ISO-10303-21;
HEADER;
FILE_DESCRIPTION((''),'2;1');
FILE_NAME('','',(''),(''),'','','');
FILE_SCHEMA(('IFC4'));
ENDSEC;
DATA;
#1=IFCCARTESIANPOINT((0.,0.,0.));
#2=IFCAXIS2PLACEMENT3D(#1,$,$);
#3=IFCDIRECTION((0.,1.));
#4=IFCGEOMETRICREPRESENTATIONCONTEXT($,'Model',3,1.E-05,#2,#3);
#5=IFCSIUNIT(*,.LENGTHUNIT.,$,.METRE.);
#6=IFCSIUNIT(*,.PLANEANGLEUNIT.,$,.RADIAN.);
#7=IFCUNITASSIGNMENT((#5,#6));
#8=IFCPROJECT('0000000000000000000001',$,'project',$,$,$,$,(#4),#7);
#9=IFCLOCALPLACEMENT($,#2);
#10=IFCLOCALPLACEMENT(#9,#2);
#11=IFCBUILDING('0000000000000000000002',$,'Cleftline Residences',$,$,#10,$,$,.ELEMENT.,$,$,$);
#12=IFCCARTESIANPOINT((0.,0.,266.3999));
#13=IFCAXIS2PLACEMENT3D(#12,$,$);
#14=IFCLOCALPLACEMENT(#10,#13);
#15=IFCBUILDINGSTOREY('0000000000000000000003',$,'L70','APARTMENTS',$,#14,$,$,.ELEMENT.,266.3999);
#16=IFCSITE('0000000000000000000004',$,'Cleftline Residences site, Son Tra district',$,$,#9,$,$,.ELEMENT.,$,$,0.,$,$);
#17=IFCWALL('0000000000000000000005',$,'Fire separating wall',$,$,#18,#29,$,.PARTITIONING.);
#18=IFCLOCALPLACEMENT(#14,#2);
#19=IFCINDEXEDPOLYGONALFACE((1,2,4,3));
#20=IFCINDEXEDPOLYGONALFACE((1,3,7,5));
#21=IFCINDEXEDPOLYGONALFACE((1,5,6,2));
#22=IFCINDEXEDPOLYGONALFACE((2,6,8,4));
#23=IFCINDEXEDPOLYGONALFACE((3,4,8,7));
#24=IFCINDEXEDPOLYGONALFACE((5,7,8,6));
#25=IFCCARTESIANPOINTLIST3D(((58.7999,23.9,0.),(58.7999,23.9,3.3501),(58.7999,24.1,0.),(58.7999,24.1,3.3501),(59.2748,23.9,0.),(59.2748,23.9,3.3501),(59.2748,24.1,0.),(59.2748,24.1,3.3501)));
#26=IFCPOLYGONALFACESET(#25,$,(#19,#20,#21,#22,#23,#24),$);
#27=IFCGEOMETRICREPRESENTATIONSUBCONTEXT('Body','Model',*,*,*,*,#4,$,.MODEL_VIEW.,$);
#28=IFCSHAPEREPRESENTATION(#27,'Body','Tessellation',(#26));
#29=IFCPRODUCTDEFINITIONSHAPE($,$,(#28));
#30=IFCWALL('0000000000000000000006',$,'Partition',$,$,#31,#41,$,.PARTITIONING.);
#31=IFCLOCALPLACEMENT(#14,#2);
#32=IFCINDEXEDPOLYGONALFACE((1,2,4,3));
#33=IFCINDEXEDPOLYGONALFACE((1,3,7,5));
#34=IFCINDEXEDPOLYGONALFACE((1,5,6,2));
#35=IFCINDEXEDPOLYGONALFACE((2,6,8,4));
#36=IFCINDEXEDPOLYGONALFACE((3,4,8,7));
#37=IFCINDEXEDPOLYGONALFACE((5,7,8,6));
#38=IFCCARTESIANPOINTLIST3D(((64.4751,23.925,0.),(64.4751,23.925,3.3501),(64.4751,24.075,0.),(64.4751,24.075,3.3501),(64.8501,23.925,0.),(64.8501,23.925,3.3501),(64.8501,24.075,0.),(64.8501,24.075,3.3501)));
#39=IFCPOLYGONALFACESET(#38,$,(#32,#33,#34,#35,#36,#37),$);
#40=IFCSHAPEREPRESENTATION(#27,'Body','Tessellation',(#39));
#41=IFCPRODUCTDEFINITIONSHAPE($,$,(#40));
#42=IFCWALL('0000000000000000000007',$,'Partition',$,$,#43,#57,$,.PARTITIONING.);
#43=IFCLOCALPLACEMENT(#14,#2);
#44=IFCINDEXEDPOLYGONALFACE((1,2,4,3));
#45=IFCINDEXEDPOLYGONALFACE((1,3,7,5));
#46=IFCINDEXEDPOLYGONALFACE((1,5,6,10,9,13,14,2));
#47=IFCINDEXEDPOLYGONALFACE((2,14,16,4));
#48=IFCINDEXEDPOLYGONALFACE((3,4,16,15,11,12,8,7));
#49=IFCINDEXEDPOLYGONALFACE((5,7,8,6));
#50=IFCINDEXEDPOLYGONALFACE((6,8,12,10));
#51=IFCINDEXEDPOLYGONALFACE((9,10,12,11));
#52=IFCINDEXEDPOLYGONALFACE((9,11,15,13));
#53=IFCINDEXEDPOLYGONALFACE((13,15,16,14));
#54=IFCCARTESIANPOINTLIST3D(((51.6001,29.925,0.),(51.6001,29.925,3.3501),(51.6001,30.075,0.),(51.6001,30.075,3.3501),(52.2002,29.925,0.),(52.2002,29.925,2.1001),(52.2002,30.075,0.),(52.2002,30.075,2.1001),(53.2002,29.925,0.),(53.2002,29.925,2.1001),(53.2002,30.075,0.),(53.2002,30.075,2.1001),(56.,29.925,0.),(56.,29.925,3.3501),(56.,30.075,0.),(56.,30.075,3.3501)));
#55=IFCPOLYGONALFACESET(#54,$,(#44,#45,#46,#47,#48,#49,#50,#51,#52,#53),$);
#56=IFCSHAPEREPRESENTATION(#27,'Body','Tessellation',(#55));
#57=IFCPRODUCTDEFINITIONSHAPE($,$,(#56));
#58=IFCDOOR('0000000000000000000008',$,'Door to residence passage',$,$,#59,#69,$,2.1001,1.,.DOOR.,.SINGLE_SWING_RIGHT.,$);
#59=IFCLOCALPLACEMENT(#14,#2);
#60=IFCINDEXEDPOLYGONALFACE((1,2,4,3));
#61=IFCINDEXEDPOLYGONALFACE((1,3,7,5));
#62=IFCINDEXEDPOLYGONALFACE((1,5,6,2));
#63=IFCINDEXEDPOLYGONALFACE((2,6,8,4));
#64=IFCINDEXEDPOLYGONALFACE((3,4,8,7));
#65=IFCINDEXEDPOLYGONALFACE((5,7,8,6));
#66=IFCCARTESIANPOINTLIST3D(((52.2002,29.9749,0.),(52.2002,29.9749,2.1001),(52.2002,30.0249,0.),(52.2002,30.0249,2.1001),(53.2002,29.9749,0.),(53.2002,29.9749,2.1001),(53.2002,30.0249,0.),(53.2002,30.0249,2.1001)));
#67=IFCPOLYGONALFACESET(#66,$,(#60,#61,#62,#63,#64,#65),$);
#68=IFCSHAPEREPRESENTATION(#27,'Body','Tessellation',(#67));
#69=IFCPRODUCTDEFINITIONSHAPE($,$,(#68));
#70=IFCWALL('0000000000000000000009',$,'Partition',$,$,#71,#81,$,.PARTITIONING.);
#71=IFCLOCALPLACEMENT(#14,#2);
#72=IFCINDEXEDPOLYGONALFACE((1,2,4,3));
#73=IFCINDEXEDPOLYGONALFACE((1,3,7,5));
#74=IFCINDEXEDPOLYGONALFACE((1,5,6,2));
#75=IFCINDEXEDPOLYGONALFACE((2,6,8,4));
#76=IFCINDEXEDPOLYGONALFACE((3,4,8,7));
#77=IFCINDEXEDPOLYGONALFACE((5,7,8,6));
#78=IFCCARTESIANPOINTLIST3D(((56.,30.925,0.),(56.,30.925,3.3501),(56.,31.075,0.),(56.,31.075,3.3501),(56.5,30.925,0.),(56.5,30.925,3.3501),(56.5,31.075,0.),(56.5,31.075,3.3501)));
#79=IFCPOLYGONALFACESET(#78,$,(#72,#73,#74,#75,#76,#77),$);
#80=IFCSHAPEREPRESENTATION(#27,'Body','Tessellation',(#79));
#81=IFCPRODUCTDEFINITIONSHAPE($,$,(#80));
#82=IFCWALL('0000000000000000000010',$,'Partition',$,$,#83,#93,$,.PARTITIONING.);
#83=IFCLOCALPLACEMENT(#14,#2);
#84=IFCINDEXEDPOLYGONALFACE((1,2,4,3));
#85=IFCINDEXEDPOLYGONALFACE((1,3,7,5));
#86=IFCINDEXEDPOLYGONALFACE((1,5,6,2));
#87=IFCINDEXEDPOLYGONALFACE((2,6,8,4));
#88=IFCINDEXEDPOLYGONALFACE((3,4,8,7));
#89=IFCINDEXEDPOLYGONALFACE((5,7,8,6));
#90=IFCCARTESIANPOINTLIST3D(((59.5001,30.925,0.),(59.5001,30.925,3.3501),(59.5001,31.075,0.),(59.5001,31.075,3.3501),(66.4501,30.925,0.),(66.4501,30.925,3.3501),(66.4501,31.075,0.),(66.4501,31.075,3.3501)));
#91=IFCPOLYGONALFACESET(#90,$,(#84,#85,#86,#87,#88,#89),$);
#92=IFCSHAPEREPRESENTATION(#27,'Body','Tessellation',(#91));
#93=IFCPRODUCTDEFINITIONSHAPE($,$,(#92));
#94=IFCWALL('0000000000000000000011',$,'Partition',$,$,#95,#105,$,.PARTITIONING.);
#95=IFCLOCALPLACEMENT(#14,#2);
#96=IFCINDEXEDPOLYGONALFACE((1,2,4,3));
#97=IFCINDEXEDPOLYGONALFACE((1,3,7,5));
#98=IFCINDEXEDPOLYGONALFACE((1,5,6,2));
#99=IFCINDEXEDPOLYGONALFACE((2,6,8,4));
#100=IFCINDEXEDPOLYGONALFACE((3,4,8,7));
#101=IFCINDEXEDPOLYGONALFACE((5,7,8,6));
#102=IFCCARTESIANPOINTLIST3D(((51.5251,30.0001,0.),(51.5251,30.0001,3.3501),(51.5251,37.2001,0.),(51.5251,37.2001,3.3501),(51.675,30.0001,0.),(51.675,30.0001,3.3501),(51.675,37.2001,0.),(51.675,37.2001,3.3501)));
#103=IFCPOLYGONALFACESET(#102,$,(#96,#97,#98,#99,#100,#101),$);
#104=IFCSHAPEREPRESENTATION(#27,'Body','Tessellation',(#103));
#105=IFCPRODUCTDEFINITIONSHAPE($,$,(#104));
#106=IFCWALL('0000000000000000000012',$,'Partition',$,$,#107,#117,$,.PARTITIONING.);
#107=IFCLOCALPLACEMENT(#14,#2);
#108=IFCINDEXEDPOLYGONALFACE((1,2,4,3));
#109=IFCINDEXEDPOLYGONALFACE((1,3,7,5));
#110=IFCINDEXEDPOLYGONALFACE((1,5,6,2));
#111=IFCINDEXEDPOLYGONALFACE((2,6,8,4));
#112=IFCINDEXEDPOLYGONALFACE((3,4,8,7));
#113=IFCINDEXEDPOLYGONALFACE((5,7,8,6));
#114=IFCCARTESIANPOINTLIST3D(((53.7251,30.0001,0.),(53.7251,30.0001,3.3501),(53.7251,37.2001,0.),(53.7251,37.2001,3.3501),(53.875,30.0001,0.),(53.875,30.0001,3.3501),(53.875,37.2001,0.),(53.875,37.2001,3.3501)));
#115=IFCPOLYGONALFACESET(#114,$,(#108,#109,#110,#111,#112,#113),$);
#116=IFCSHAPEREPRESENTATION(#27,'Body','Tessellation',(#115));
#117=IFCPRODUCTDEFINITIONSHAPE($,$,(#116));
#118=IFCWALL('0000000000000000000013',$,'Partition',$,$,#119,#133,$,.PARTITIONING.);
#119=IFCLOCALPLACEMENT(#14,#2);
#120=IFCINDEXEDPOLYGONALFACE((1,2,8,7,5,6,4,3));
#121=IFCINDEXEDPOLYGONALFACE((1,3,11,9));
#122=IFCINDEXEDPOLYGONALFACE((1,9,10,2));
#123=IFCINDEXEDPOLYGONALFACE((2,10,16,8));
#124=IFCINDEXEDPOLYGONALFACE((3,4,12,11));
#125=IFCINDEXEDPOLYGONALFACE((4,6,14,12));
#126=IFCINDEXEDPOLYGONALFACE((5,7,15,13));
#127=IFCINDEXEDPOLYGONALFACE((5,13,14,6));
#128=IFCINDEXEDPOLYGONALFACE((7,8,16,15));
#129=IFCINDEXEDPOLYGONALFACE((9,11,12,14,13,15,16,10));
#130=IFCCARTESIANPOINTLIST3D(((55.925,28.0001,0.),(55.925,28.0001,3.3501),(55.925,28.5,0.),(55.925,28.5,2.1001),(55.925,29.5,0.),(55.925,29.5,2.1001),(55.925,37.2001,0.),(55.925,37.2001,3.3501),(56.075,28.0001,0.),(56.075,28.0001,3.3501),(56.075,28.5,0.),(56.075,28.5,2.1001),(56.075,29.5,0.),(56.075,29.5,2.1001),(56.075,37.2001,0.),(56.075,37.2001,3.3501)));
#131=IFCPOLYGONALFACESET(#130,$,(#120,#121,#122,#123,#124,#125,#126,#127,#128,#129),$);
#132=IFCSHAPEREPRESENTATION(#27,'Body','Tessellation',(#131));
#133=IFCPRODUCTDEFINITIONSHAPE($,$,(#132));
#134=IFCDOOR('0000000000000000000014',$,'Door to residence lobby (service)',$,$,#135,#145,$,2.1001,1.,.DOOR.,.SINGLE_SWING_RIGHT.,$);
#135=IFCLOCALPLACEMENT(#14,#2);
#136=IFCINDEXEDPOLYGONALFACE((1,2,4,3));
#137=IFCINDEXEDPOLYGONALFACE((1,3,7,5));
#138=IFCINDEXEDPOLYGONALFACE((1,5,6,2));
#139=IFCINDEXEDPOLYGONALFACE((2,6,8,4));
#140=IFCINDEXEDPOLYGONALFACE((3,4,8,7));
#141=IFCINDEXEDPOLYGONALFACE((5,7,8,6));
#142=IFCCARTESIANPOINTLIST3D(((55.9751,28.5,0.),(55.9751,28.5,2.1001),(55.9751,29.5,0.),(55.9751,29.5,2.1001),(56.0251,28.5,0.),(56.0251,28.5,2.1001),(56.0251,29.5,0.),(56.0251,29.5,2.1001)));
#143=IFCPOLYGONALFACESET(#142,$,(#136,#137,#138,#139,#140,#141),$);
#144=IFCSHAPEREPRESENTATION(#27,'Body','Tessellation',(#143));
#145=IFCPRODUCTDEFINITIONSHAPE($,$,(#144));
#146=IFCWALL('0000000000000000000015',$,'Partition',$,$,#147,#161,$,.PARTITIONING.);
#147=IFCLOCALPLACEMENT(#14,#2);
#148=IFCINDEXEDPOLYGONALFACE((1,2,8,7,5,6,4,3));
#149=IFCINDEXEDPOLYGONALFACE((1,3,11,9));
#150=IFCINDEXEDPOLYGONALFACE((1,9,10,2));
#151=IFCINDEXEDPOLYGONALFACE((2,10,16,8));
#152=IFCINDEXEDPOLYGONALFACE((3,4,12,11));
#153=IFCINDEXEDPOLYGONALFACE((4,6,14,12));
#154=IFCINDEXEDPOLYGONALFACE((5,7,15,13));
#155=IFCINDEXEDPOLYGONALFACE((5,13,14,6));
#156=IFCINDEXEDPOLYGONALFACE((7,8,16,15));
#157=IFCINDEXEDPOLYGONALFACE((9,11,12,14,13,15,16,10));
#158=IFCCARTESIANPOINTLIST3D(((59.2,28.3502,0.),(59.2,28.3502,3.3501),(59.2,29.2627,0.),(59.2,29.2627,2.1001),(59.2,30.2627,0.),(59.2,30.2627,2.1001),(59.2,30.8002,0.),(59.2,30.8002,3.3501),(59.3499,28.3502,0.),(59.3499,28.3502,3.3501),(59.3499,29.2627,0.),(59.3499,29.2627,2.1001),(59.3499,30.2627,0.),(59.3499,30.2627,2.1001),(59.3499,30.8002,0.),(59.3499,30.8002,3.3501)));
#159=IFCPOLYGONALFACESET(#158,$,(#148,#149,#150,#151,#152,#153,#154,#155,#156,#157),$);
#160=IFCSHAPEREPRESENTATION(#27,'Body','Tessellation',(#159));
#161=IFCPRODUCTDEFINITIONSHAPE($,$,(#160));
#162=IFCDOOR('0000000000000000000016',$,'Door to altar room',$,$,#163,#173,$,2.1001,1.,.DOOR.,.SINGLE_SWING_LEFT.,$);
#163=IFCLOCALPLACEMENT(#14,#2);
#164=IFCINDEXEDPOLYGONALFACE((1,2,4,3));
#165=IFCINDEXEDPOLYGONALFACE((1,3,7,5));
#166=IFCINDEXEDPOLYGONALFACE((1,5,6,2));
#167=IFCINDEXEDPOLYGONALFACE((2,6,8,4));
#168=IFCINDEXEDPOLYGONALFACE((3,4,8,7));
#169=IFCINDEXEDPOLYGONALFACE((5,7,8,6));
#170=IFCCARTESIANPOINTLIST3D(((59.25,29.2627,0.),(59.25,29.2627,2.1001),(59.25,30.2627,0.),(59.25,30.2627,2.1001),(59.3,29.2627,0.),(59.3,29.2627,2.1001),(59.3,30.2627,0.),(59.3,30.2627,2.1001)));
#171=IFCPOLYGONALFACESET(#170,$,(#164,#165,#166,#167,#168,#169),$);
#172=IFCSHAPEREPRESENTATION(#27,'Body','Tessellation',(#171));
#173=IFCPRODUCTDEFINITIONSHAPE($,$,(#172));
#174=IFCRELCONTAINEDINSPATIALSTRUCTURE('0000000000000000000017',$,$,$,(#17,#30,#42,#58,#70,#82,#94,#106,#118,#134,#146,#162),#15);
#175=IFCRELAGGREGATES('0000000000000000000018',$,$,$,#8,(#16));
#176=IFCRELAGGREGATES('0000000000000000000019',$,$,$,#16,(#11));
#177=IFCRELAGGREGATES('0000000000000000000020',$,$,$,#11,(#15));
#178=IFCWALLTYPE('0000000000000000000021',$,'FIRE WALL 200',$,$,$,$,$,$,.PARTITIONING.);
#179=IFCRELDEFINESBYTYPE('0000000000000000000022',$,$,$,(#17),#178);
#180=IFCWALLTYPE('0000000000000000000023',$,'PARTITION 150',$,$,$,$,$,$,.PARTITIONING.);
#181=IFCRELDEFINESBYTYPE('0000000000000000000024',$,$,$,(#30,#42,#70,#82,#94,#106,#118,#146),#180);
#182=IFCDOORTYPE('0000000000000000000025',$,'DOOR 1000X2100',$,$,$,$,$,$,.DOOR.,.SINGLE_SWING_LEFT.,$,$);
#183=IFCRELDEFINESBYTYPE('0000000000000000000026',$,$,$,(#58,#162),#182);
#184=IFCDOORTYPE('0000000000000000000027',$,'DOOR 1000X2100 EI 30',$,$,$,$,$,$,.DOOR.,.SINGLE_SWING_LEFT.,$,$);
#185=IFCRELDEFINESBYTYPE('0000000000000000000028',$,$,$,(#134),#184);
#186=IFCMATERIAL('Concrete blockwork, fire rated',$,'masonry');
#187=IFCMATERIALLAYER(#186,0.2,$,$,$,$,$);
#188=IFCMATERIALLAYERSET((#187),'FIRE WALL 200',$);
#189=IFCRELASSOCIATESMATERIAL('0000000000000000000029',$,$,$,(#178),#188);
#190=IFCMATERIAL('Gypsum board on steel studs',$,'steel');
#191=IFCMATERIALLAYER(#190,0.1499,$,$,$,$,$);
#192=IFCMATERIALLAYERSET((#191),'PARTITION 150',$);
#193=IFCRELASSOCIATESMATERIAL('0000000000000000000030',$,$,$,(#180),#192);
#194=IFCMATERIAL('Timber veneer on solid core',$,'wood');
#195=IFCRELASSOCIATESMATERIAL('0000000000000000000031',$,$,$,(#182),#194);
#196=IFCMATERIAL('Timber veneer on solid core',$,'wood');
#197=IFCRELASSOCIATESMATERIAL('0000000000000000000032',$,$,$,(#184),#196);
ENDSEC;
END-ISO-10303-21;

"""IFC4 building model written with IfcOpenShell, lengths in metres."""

from ifc_helpers import new_model, si_unit, direction, frame, frame_2d, origin, place, context, subcontext, project, spatial, rectangle, extrude, material, layer, layer_set, type_object, element, fill, save


model = new_model("IFC4")

# Units and contexts
model_context = context("Model", 3, precision=1e-05, world=origin(), true_north=direction((0.0, 1.0)))
body_context = subcontext(model_context, "Body", "Model", "MODEL_VIEW")
ifc_project = project(units=[si_unit("LENGTHUNIT", "METRE"), si_unit("PLANEANGLEUNIT", "RADIAN")], contexts=[model_context])

# Site, building, storey
site_placement = place(None, origin())
site = spatial("IfcSite", under=ifc_project, at=site_placement, Name="Cleftline Residences site, Son Tra district", CompositionType="ELEMENT", RefElevation=0.0)
building_placement = place(site_placement, origin())
building = spatial("IfcBuilding", under=site, at=building_placement, Name="Cleftline Residences", CompositionType="ELEMENT")
storey_placement = place(building_placement, frame((0.0, 0.0, 266.3999)))
storey = spatial("IfcBuildingStorey", under=building, at=storey_placement, Name="L70", Description="APARTMENTS", CompositionType="ELEMENT", Elevation=266.3999)

# Walls
ifc_material_1 = material(Name="Concrete blockwork, fire rated", Category="masonry")
ifc_layer_1 = layer(ifc_material_1, 0.2)
ifc_layer_set_1 = layer_set([ifc_layer_1], Name="FIRE WALL 200")
wall_type_1 = type_object("IfcWallType", Name="FIRE WALL 200", PredefinedType="PARTITIONING", material=ifc_layer_set_1)
wall_1_placement = place(storey_placement, frame((58.8, 24.0, 0.0), z_axis=(0.0, 0.0, 1.0), x_axis=(1.0, 0.0, 0.0)))
element("IfcWall", 1, at=wall_1_placement, inside=storey, type_object=wall_type_1, Name="Fire separating wall", PredefinedType="PARTITIONING", context=body_context, shape_type="SweptSolid", body=[
    extrude(rectangle(XDim=0.4749, YDim=0.2, at=frame_2d((0.2373, 0.0))), origin(), (0.0, 0.0, 1.0), 3.3501),
])
ifc_material_2 = material(Name="Gypsum board on steel studs", Category="steel")
ifc_layer_2 = layer(ifc_material_2, 0.1499)
ifc_layer_set_2 = layer_set([ifc_layer_2], Name="PARTITION 150")
wall_type_2 = type_object("IfcWallType", Name="PARTITION 150", PredefinedType="PARTITIONING", material=ifc_layer_set_2)
wall_2_placement = place(storey_placement, frame((64.4751, 24.0, 0.0), z_axis=(0.0, 0.0, 1.0), x_axis=(1.0, 0.0, 0.0)))
element("IfcWall", 2, at=wall_2_placement, inside=storey, type_object=wall_type_2, Name="Partition", PredefinedType="PARTITIONING", context=body_context, shape_type="SweptSolid", body=[
    extrude(rectangle(XDim=0.375, YDim=0.1499, at=frame_2d((0.1875, 0.0))), origin(), (0.0, 0.0, 1.0), 3.3501),
])

# Wall, opening, door
wall_3_placement = place(storey_placement, frame((51.6001, 30.0, 0.0), z_axis=(0.0, 0.0, 1.0), x_axis=(1.0, 0.0, 0.0)))
wall_3 = element("IfcWall", 3, at=wall_3_placement, inside=storey, type_object=wall_type_2, Name="Partition", PredefinedType="PARTITIONING", context=body_context, shape_type="SweptSolid", body=[
    extrude(rectangle(XDim=4.3999, YDim=0.1499, at=frame_2d((2.2, 0.0))), origin(), (0.0, 0.0, 1.0), 3.3501),
])
opening_1_placement = place(wall_3_placement, frame((0.6001, 0.0, 0.0)))
opening_1 = element("IfcOpeningElement", 4, at=opening_1_placement, cuts=wall_3, PredefinedType="OPENING", context=body_context, shape_type="SweptSolid", body=[
    extrude(rectangle(XDim=1.0, YDim=2.1001, at=frame_2d((0.5, 1.05))), frame((0.0, 0.085, 0.0), z_axis=(0.0, -1.0, 0.0), x_axis=(1.0, 0.0, 0.0)), (0.0, 0.0, 1.0), 0.1699),
])
ifc_material_3 = material(Name="Timber veneer on solid core", Category="wood")
door_type_1 = type_object("IfcDoorType", Name="DOOR 1000X2100", OperationType="SINGLE_SWING_LEFT", PredefinedType="DOOR", material=ifc_material_3)
door_1_placement = place(opening_1_placement, origin())
door_1 = element("IfcDoor", 5, at=door_1_placement, inside=storey, type_object=door_type_1, Name="Door to residence passage", OperationType="SINGLE_SWING_RIGHT", OverallHeight=2.1001, OverallWidth=1.0, PredefinedType="DOOR", context=body_context, shape_type="SweptSolid", body=[
    extrude(rectangle(XDim=1.0, YDim=2.1001, at=frame_2d((0.5, 1.05))), frame((0.0, 0.0249, 0.0), z_axis=(0.0, -1.0, 0.0), x_axis=(1.0, 0.0, 0.0)), (0.0, 0.0, 1.0), 0.05),
])
fill(opening_1, door_1)

# Walls
wall_4_placement = place(storey_placement, frame((56.0, 31.0, 0.0), z_axis=(0.0, 0.0, 1.0), x_axis=(1.0, 0.0, 0.0)))
element("IfcWall", 6, at=wall_4_placement, inside=storey, type_object=wall_type_2, Name="Partition", PredefinedType="PARTITIONING", context=body_context, shape_type="SweptSolid", body=[
    extrude(rectangle(XDim=0.5, YDim=0.1499, at=frame_2d((0.25, 0.0))), origin(), (0.0, 0.0, 1.0), 3.3501),
])
wall_5_placement = place(storey_placement, frame((59.5, 31.0, 0.0), z_axis=(0.0, 0.0, 1.0), x_axis=(1.0, 0.0, 0.0)))
element("IfcWall", 7, at=wall_5_placement, inside=storey, type_object=wall_type_2, Name="Partition", PredefinedType="PARTITIONING", context=body_context, shape_type="SweptSolid", body=[
    extrude(rectangle(XDim=6.95, YDim=0.1499, at=frame_2d((3.4751, 0.0))), origin(), (0.0, 0.0, 1.0), 3.3501),
])
for number, where, z_axis, x_axis, name in (
    (8, (51.6001, 30.0, 0.0), (0.0, 0.0, 1.0), (0.0, 1.0, 0.0), "Partition"),
    (9, (53.8, 30.0, 0.0), (0.0, 0.0, 1.0), (0.0, 1.0, 0.0), "Partition"),
):
    element("IfcWall", number, at=place(storey_placement, frame(where, z_axis=z_axis, x_axis=x_axis)), inside=storey, type_object=wall_type_2, Name=name, PredefinedType="PARTITIONING", context=body_context, shape_type="SweptSolid", body=[
        extrude(rectangle(XDim=7.2, YDim=0.1499, at=frame_2d((3.6001, 0.0))), origin(), (0.0, 0.0, 1.0), 3.3501),
    ])

# Walls, openings, doors
wall_6_placement = place(storey_placement, frame((56.0, 28.0, 0.0), z_axis=(0.0, 0.0, 1.0), x_axis=(0.0, 1.0, 0.0)))
wall_6 = element("IfcWall", 10, at=wall_6_placement, inside=storey, type_object=wall_type_2, Name="Partition", PredefinedType="PARTITIONING", context=body_context, shape_type="SweptSolid", body=[
    extrude(rectangle(XDim=9.2, YDim=0.1499, at=frame_2d((4.6001, 0.0))), origin(), (0.0, 0.0, 1.0), 3.3501),
])
opening_2_placement = place(wall_6_placement, frame((0.5, 0.0, 0.0)))
opening_2 = element("IfcOpeningElement", 11, at=opening_2_placement, cuts=wall_6, PredefinedType="OPENING", context=body_context, shape_type="SweptSolid", body=[
    extrude(rectangle(XDim=1.0, YDim=2.1001, at=frame_2d((0.5, 1.05))), frame((0.0, 0.085, 0.0), z_axis=(0.0, -1.0, 0.0), x_axis=(1.0, 0.0, 0.0)), (0.0, 0.0, 1.0), 0.1699),
])
ifc_material_4 = material(Name="Timber veneer on solid core", Category="wood")
door_type_2 = type_object("IfcDoorType", Name="DOOR 1000X2100 EI 30", OperationType="SINGLE_SWING_LEFT", PredefinedType="DOOR", material=ifc_material_4)
door_2_placement = place(opening_2_placement, origin())
door_2 = element("IfcDoor", 12, at=door_2_placement, inside=storey, type_object=door_type_2, Name="Door to residence lobby (service)", OperationType="SINGLE_SWING_RIGHT", OverallHeight=2.1001, OverallWidth=1.0, PredefinedType="DOOR", context=body_context, shape_type="SweptSolid", body=[
    extrude(rectangle(XDim=1.0, YDim=2.1001, at=frame_2d((0.5, 1.05))), frame((0.0, 0.0249, 0.0), z_axis=(0.0, -1.0, 0.0), x_axis=(1.0, 0.0, 0.0)), (0.0, 0.0, 1.0), 0.05),
])
fill(opening_2, door_2)
wall_7_placement = place(storey_placement, frame((59.2749, 28.3501, 0.0), z_axis=(0.0, 0.0, 1.0), x_axis=(0.0, 1.0, 0.0)))
wall_7 = element("IfcWall", 13, at=wall_7_placement, inside=storey, type_object=wall_type_2, Name="Partition", PredefinedType="PARTITIONING", context=body_context, shape_type="SweptSolid", body=[
    extrude(rectangle(XDim=2.45, YDim=0.1499, at=frame_2d((1.2251, 0.0))), origin(), (0.0, 0.0, 1.0), 3.3501),
])
opening_3_placement = place(wall_7_placement, frame((0.9126, 0.0, 0.0)))
opening_3 = element("IfcOpeningElement", 14, at=opening_3_placement, cuts=wall_7, PredefinedType="OPENING", context=body_context, shape_type="SweptSolid", body=[
    extrude(rectangle(XDim=1.0, YDim=2.1001, at=frame_2d((0.5, 1.05))), frame((0.0, 0.085, 0.0), z_axis=(0.0, -1.0, 0.0), x_axis=(1.0, 0.0, 0.0)), (0.0, 0.0, 1.0), 0.1699),
])
door_3_placement = place(opening_3_placement, origin())
door_3 = element("IfcDoor", 15, at=door_3_placement, inside=storey, type_object=door_type_1, Name="Door to altar room", OperationType="SINGLE_SWING_LEFT", OverallHeight=2.1001, OverallWidth=1.0, PredefinedType="DOOR", context=body_context, shape_type="SweptSolid", body=[
    extrude(rectangle(XDim=1.0, YDim=2.1001, at=frame_2d((0.5, 1.05))), frame((0.0, 0.0249, 0.0), z_axis=(0.0, -1.0, 0.0), x_axis=(1.0, 0.0, 0.0)), (0.0, 0.0, 1.0), 0.05),
])
fill(opening_3, door_3)

save(model, "model.ifc")
